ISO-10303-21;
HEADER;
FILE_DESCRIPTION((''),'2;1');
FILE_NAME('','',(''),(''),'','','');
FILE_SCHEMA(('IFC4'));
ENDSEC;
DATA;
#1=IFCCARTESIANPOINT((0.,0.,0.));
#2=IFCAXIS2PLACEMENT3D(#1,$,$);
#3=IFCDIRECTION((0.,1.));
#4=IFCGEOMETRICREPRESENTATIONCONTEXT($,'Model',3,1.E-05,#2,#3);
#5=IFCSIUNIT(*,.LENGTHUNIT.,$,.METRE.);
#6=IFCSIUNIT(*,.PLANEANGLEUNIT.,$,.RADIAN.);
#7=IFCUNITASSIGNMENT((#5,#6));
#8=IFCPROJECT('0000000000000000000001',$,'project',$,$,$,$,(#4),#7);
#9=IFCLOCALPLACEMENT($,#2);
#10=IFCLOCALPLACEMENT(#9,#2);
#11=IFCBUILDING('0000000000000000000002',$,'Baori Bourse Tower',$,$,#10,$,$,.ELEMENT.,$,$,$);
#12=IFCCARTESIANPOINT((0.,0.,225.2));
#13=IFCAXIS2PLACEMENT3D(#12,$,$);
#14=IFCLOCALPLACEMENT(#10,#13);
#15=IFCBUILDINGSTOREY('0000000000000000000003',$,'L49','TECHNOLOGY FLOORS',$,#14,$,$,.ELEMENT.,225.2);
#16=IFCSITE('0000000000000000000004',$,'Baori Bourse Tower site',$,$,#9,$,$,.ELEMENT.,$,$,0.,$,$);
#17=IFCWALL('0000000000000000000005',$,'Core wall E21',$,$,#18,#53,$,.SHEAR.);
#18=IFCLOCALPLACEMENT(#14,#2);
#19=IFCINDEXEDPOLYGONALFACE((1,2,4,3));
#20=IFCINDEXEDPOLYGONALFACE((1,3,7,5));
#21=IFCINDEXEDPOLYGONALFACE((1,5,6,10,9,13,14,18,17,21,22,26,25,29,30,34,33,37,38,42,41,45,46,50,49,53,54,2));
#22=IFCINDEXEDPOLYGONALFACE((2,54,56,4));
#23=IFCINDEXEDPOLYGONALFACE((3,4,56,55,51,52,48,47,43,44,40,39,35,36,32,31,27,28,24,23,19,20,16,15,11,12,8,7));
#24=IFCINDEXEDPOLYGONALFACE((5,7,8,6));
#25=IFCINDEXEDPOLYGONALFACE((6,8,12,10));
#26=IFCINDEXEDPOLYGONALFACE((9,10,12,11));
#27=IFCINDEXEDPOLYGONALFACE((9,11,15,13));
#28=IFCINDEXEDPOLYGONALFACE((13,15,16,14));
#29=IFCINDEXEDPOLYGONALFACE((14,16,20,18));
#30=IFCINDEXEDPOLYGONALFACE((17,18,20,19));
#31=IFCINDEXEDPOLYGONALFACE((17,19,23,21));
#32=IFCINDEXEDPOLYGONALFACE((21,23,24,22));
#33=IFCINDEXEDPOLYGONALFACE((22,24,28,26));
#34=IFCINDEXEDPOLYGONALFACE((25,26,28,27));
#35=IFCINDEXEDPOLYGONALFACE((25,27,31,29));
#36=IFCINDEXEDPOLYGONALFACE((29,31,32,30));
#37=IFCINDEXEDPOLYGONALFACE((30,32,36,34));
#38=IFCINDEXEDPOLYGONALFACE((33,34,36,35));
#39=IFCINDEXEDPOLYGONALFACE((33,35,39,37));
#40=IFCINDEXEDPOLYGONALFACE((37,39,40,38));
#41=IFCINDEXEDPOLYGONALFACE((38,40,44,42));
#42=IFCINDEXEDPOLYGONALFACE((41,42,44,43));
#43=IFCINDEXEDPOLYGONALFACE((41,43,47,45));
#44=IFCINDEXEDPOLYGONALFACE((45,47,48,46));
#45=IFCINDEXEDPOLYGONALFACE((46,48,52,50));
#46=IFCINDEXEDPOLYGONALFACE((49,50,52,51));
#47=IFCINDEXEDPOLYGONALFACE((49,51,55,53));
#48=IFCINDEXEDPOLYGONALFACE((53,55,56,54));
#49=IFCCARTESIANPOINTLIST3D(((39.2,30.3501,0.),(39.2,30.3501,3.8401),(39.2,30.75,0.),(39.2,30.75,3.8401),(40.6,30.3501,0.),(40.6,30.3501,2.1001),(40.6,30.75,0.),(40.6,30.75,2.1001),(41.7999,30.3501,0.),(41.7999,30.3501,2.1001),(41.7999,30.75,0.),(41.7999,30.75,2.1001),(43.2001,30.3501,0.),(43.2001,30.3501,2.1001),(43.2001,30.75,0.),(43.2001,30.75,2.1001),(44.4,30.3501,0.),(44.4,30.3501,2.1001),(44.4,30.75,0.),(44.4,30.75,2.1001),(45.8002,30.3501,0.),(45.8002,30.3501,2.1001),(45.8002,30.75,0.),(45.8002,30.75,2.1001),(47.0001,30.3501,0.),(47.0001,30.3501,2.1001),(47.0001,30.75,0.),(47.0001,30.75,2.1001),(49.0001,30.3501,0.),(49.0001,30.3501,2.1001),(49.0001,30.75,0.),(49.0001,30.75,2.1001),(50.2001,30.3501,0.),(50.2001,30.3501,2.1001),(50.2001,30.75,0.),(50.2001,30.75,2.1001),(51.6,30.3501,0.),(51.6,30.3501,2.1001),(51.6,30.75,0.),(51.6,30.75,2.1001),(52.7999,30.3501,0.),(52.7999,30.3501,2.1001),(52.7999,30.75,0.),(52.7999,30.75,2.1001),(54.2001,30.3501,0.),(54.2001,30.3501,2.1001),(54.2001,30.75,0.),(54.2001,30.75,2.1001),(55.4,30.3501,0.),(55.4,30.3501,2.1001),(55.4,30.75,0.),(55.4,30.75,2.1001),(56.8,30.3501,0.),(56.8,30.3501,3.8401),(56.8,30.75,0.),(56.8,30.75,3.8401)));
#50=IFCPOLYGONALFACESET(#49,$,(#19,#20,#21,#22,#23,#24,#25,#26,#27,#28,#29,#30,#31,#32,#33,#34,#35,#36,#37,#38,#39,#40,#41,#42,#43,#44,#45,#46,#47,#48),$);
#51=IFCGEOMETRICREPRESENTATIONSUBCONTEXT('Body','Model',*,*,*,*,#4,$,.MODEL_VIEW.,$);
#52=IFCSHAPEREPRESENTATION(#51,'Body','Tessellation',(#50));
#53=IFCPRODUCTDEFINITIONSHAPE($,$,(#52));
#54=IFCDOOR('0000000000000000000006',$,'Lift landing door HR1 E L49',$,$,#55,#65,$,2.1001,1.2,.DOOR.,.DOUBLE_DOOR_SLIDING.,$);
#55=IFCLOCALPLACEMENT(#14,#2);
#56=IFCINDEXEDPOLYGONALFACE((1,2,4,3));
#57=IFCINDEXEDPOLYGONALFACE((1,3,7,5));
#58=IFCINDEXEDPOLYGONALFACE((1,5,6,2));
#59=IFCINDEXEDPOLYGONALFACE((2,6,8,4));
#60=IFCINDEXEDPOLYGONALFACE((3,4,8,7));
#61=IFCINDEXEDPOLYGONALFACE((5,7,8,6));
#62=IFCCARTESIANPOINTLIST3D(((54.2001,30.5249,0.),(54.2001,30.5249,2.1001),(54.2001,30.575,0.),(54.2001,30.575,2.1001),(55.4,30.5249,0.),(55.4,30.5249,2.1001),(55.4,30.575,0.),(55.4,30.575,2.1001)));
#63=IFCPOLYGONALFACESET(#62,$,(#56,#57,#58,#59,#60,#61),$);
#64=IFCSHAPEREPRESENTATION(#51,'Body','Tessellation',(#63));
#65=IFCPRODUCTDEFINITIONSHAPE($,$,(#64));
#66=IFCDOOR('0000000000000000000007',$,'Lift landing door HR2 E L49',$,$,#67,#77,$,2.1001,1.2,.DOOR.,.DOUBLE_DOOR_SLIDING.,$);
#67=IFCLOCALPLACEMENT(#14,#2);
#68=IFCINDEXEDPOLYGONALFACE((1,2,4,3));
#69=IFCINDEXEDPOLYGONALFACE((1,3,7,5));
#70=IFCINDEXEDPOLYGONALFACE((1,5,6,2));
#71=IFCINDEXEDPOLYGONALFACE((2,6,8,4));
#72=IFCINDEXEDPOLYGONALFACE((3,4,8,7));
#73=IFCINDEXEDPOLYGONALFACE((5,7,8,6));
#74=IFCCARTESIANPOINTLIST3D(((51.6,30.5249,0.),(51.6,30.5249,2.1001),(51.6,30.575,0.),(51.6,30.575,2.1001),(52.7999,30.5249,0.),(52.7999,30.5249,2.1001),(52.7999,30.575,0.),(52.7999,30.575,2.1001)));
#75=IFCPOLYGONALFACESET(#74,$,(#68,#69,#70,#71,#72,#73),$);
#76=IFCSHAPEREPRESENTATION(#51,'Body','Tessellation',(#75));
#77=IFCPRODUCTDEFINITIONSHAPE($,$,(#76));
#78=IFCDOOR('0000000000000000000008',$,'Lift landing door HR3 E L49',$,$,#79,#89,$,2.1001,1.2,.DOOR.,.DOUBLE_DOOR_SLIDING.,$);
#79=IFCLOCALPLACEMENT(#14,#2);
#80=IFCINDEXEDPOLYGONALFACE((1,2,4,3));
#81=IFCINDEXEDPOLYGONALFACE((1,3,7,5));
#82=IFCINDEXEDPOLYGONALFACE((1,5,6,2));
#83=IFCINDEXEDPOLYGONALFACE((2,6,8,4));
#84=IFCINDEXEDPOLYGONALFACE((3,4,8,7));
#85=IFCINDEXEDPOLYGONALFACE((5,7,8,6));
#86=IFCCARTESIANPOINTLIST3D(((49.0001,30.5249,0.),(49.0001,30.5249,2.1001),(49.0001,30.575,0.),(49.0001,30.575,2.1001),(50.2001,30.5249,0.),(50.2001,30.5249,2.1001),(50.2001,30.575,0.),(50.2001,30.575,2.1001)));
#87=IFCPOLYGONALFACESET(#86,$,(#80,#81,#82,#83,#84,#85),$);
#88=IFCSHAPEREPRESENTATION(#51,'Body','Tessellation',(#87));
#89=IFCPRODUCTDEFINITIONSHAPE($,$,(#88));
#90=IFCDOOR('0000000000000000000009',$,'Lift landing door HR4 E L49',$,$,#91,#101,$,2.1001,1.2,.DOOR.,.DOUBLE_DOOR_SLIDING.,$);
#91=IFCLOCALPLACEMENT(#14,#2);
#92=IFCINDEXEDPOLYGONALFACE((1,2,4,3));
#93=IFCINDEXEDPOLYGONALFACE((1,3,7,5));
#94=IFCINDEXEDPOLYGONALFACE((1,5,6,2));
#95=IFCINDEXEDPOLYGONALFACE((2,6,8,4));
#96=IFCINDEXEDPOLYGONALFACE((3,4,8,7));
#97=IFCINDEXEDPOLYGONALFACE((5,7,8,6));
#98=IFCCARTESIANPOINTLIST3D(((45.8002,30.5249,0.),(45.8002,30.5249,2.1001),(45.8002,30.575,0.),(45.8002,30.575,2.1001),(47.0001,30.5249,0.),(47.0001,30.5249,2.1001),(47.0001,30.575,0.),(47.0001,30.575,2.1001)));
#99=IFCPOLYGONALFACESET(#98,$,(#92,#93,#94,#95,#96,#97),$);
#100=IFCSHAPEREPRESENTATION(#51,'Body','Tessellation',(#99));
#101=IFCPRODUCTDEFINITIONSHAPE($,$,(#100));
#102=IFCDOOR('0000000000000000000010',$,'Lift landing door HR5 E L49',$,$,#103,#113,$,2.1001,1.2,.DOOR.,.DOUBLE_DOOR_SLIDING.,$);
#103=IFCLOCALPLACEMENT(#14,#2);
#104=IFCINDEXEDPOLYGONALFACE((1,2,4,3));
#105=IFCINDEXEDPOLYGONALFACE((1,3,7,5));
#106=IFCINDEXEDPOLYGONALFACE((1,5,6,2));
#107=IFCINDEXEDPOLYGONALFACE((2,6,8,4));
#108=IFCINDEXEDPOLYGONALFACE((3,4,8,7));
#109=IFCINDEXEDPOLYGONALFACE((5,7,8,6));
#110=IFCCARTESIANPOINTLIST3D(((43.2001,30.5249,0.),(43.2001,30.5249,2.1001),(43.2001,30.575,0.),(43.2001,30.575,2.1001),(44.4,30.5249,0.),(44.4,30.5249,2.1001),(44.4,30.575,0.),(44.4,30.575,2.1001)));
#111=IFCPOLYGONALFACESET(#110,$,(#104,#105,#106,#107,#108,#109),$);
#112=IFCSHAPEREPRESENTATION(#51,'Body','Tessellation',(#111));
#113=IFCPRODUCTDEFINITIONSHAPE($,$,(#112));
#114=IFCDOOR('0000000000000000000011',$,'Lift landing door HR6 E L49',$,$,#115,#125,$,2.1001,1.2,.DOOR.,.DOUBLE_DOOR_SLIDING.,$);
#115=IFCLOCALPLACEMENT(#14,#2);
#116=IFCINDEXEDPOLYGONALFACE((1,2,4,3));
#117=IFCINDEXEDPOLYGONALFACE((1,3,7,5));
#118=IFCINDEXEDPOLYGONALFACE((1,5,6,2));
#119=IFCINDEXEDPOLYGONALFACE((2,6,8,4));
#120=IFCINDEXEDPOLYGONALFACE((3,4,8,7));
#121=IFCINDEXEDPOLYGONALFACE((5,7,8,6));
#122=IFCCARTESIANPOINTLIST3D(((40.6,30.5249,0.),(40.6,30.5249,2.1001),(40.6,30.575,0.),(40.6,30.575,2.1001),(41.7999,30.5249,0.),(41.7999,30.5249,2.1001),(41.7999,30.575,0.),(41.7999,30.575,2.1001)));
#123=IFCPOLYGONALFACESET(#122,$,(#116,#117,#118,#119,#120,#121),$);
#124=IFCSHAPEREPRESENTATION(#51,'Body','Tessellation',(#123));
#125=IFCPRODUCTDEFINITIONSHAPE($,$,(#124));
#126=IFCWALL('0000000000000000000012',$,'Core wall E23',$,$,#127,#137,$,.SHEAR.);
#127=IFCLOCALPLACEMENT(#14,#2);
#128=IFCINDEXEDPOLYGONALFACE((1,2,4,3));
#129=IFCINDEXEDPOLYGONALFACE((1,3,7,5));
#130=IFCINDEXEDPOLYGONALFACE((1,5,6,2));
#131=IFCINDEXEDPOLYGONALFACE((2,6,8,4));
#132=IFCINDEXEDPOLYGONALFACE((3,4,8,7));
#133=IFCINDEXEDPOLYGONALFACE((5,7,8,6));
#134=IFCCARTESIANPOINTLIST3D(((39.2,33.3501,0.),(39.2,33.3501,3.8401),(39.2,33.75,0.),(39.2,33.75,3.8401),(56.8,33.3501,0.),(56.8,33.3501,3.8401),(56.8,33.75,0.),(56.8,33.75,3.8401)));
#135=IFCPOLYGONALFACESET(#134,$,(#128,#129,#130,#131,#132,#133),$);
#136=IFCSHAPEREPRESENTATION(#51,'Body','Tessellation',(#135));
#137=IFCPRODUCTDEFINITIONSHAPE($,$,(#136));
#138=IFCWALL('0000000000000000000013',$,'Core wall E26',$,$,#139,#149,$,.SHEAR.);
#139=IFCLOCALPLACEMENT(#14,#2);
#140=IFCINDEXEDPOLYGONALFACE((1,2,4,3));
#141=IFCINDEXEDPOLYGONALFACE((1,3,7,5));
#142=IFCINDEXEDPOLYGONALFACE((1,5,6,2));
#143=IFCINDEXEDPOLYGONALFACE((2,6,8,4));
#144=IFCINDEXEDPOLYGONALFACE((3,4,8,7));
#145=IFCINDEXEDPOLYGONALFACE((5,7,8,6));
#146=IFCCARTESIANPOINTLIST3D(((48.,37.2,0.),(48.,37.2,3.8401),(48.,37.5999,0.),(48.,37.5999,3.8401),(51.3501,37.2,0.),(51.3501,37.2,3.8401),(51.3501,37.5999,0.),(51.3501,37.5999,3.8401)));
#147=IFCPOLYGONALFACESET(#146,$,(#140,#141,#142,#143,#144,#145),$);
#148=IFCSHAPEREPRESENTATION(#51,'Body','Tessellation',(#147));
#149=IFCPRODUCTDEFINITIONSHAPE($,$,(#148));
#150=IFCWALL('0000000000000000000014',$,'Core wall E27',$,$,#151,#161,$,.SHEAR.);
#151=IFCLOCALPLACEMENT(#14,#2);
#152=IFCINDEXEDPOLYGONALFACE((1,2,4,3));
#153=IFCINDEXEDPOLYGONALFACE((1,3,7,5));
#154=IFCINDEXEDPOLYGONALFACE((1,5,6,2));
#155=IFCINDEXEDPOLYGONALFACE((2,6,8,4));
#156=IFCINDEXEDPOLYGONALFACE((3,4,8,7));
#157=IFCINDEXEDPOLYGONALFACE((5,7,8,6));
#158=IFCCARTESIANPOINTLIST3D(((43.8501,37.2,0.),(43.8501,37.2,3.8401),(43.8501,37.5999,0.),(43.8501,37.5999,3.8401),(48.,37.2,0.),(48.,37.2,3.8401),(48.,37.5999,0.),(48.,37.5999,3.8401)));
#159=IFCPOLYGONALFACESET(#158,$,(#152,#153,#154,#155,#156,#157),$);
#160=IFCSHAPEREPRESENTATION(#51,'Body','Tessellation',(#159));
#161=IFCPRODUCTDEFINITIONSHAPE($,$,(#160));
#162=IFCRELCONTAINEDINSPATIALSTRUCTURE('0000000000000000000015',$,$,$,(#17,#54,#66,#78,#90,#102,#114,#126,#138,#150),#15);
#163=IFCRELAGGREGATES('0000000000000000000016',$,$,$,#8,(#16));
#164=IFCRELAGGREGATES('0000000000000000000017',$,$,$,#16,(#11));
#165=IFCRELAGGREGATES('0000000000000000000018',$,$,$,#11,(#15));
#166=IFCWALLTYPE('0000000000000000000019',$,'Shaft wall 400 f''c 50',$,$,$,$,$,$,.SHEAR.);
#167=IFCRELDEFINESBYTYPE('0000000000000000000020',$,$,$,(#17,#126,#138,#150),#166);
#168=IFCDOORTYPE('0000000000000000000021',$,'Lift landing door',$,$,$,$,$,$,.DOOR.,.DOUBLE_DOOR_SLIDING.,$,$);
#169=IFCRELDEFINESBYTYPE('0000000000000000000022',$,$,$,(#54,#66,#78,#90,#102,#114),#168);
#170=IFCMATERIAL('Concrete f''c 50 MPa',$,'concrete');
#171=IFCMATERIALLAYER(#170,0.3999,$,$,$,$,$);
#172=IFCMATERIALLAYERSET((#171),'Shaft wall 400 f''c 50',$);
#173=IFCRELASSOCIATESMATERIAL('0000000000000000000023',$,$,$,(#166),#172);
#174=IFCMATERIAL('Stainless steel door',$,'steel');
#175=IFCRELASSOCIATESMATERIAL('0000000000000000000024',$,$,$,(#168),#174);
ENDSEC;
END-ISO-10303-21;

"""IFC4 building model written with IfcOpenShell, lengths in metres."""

from ifc_helpers import new_model, si_unit, direction, frame, frame_2d, origin, place, context, subcontext, project, spatial, rectangle, extrude, material, layer, layer_set, type_object, element, fill, save


model = new_model("IFC4")

# Units and contexts
model_context = context("Model", 3, precision=1e-05, world=origin(), true_north=direction((0.0, 1.0)))
body_context = subcontext(model_context, "Body", "Model", "MODEL_VIEW")
ifc_project = project(units=[si_unit("LENGTHUNIT", "METRE"), si_unit("PLANEANGLEUNIT", "RADIAN")], contexts=[model_context])

# Site, building, storey
site_placement = place(None, origin())
site = spatial("IfcSite", under=ifc_project, at=site_placement, Name="Baori Bourse Tower site", CompositionType="ELEMENT", RefElevation=0.0)
building_placement = place(site_placement, origin())
building = spatial("IfcBuilding", under=site, at=building_placement, Name="Baori Bourse Tower", CompositionType="ELEMENT")
storey_placement = place(building_placement, frame((0.0, 0.0, 225.2)))
storey = spatial("IfcBuildingStorey", under=building, at=storey_placement, Name="L49", Description="TECHNOLOGY FLOORS", CompositionType="ELEMENT", Elevation=225.2)

# Wall, openings, doors
ifc_material_1 = material(Name="Concrete f'c 50 MPa", Category="concrete")
ifc_layer_1 = layer(ifc_material_1, 0.3999)
ifc_layer_set_1 = layer_set([ifc_layer_1], Name="Shaft wall 400 f'c 50")
wall_type_1 = type_object("IfcWallType", Name="Shaft wall 400 f'c 50", PredefinedType="SHEAR", material=ifc_layer_set_1)
ifc_material_2 = material(Name="Stainless steel door", Category="steel")
door_type_1 = type_object("IfcDoorType", Name="Lift landing door", OperationType="DOUBLE_DOOR_SLIDING", PredefinedType="DOOR", material=ifc_material_2)
wall_1_placement = place(storey_placement, frame((39.2, 30.55, 0.0), z_axis=(0.0, 0.0, 1.0), x_axis=(1.0, 0.0, 0.0)))
wall_1 = element("IfcWall", 1, at=wall_1_placement, inside=storey, type_object=wall_type_1, Name="Core wall E21", PredefinedType="SHEAR", context=body_context, shape_type="SweptSolid", body=[
    extrude(rectangle(XDim=17.6001, YDim=0.3999, at=frame_2d((8.8, 0.0))), origin(), (0.0, 0.0, 1.0), 3.8401),
])
opening_1_placement = place(wall_1_placement, frame((15.0, 0.0, 0.0)))
opening_1 = element("IfcOpeningElement", 2, at=opening_1_placement, cuts=wall_1, PredefinedType="OPENING", context=body_context, shape_type="SweptSolid", body=[
    extrude(rectangle(XDim=1.2, YDim=2.1001, at=frame_2d((0.6001, 1.05))), frame((0.0, 0.21, 0.0), z_axis=(0.0, -1.0, 0.0), x_axis=(1.0, 0.0, 0.0)), (0.0, 0.0, 1.0), 0.4199),
])
opening_2_placement = place(wall_1_placement, frame((12.3999, 0.0, 0.0)))
opening_2 = element("IfcOpeningElement", 3, at=opening_2_placement, cuts=wall_1, PredefinedType="OPENING", context=body_context, shape_type="SweptSolid", body=[
    extrude(rectangle(XDim=1.2, YDim=2.1001, at=frame_2d((0.6001, 1.05))), frame((0.0, 0.21, 0.0), z_axis=(0.0, -1.0, 0.0), x_axis=(1.0, 0.0, 0.0)), (0.0, 0.0, 1.0), 0.4199),
])
opening_3_placement = place(wall_1_placement, frame((9.8, 0.0, 0.0)))
opening_3 = element("IfcOpeningElement", 4, at=opening_3_placement, cuts=wall_1, PredefinedType="OPENING", context=body_context, shape_type="SweptSolid", body=[
    extrude(rectangle(XDim=1.2, YDim=2.1001, at=frame_2d((0.6001, 1.05))), frame((0.0, 0.21, 0.0), z_axis=(0.0, -1.0, 0.0), x_axis=(1.0, 0.0, 0.0)), (0.0, 0.0, 1.0), 0.4199),
])
opening_4_placement = place(wall_1_placement, frame((6.6001, 0.0, 0.0)))
opening_4 = element("IfcOpeningElement", 5, at=opening_4_placement, cuts=wall_1, PredefinedType="OPENING", context=body_context, shape_type="SweptSolid", body=[
    extrude(rectangle(XDim=1.2, YDim=2.1001, at=frame_2d((0.6001, 1.05))), frame((0.0, 0.21, 0.0), z_axis=(0.0, -1.0, 0.0), x_axis=(1.0, 0.0, 0.0)), (0.0, 0.0, 1.0), 0.4199),
])
opening_5_placement = place(wall_1_placement, frame((4.0, 0.0, 0.0)))
opening_5 = element("IfcOpeningElement", 6, at=opening_5_placement, cuts=wall_1, PredefinedType="OPENING", context=body_context, shape_type="SweptSolid", body=[
    extrude(rectangle(XDim=1.2, YDim=2.1001, at=frame_2d((0.6001, 1.05))), frame((0.0, 0.21, 0.0), z_axis=(0.0, -1.0, 0.0), x_axis=(1.0, 0.0, 0.0)), (0.0, 0.0, 1.0), 0.4199),
])
opening_6_placement = place(wall_1_placement, frame((1.3999, 0.0, 0.0)))
opening_6 = element("IfcOpeningElement", 7, at=opening_6_placement, cuts=wall_1, PredefinedType="OPENING", context=body_context, shape_type="SweptSolid", body=[
    extrude(rectangle(XDim=1.2, YDim=2.1001, at=frame_2d((0.6001, 1.05))), frame((0.0, 0.21, 0.0), z_axis=(0.0, -1.0, 0.0), x_axis=(1.0, 0.0, 0.0)), (0.0, 0.0, 1.0), 0.4199),
])
door_1_placement = place(opening_1_placement, origin())
door_1 = element("IfcDoor", 8, at=door_1_placement, inside=storey, type_object=door_type_1, Name="Lift landing door HR1 E L49", OperationType="DOUBLE_DOOR_SLIDING", OverallHeight=2.1001, OverallWidth=1.2, PredefinedType="DOOR", context=body_context, shape_type="SweptSolid", body=[
    extrude(rectangle(XDim=1.2, YDim=2.1001, at=frame_2d((0.6001, 1.05))), frame((0.0, 0.0249, 0.0), z_axis=(0.0, -1.0, 0.0), x_axis=(1.0, 0.0, 0.0)), (0.0, 0.0, 1.0), 0.05),
])
fill(opening_1, door_1)
door_2_placement = place(opening_2_placement, origin())
door_2 = element("IfcDoor", 9, at=door_2_placement, inside=storey, type_object=door_type_1, Name="Lift landing door HR2 E L49", OperationType="DOUBLE_DOOR_SLIDING", OverallHeight=2.1001, OverallWidth=1.2, PredefinedType="DOOR", context=body_context, shape_type="SweptSolid", body=[
    extrude(rectangle(XDim=1.2, YDim=2.1001, at=frame_2d((0.6001, 1.05))), frame((0.0, 0.0249, 0.0), z_axis=(0.0, -1.0, 0.0), x_axis=(1.0, 0.0, 0.0)), (0.0, 0.0, 1.0), 0.05),
])
fill(opening_2, door_2)
door_3_placement = place(opening_3_placement, origin())
door_3 = element("IfcDoor", 10, at=door_3_placement, inside=storey, type_object=door_type_1, Name="Lift landing door HR3 E L49", OperationType="DOUBLE_DOOR_SLIDING", OverallHeight=2.1001, OverallWidth=1.2, PredefinedType="DOOR", context=body_context, shape_type="SweptSolid", body=[
    extrude(rectangle(XDim=1.2, YDim=2.1001, at=frame_2d((0.6001, 1.05))), frame((0.0, 0.0249, 0.0), z_axis=(0.0, -1.0, 0.0), x_axis=(1.0, 0.0, 0.0)), (0.0, 0.0, 1.0), 0.05),
])
fill(opening_3, door_3)
door_4_placement = place(opening_4_placement, origin())
door_4 = element("IfcDoor", 11, at=door_4_placement, inside=storey, type_object=door_type_1, Name="Lift landing door HR4 E L49", OperationType="DOUBLE_DOOR_SLIDING", OverallHeight=2.1001, OverallWidth=1.2, PredefinedType="DOOR", context=body_context, shape_type="SweptSolid", body=[
    extrude(rectangle(XDim=1.2, YDim=2.1001, at=frame_2d((0.6001, 1.05))), frame((0.0, 0.0249, 0.0), z_axis=(0.0, -1.0, 0.0), x_axis=(1.0, 0.0, 0.0)), (0.0, 0.0, 1.0), 0.05),
])
fill(opening_4, door_4)
door_5_placement = place(opening_5_placement, origin())
door_5 = element("IfcDoor", 12, at=door_5_placement, inside=storey, type_object=door_type_1, Name="Lift landing door HR5 E L49", OperationType="DOUBLE_DOOR_SLIDING", OverallHeight=2.1001, OverallWidth=1.2, PredefinedType="DOOR", context=body_context, shape_type="SweptSolid", body=[
    extrude(rectangle(XDim=1.2, YDim=2.1001, at=frame_2d((0.6001, 1.05))), frame((0.0, 0.0249, 0.0), z_axis=(0.0, -1.0, 0.0), x_axis=(1.0, 0.0, 0.0)), (0.0, 0.0, 1.0), 0.05),
])
fill(opening_5, door_5)
door_6_placement = place(opening_6_placement, origin())
door_6 = element("IfcDoor", 13, at=door_6_placement, inside=storey, type_object=door_type_1, Name="Lift landing door HR6 E L49", OperationType="DOUBLE_DOOR_SLIDING", OverallHeight=2.1001, OverallWidth=1.2, PredefinedType="DOOR", context=body_context, shape_type="SweptSolid", body=[
    extrude(rectangle(XDim=1.2, YDim=2.1001, at=frame_2d((0.6001, 1.05))), frame((0.0, 0.0249, 0.0), z_axis=(0.0, -1.0, 0.0), x_axis=(1.0, 0.0, 0.0)), (0.0, 0.0, 1.0), 0.05),
])
fill(opening_6, door_6)

# Walls
wall_2_placement = place(storey_placement, frame((39.2, 33.55, 0.0), z_axis=(0.0, 0.0, 1.0), x_axis=(1.0, 0.0, 0.0)))
element("IfcWall", 14, at=wall_2_placement, inside=storey, type_object=wall_type_1, Name="Core wall E23", PredefinedType="SHEAR", context=body_context, shape_type="SweptSolid", body=[
    extrude(rectangle(XDim=17.6001, YDim=0.3999, at=frame_2d((8.8, 0.0))), origin(), (0.0, 0.0, 1.0), 3.8401),
])
wall_3_placement = place(storey_placement, frame((48.0, 37.3999, 0.0), z_axis=(0.0, 0.0, 1.0), x_axis=(1.0, 0.0, 0.0)))
element("IfcWall", 15, at=wall_3_placement, inside=storey, type_object=wall_type_1, Name="Core wall E26", PredefinedType="SHEAR", context=body_context, shape_type="SweptSolid", body=[
    extrude(rectangle(XDim=3.3501, YDim=0.3999, at=frame_2d((1.675, 0.0))), origin(), (0.0, 0.0, 1.0), 3.8401),
])
wall_4_placement = place(storey_placement, frame((43.8501, 37.3999, 0.0), z_axis=(0.0, 0.0, 1.0), x_axis=(1.0, 0.0, 0.0)))
element("IfcWall", 16, at=wall_4_placement, inside=storey, type_object=wall_type_1, Name="Core wall E27", PredefinedType="SHEAR", context=body_context, shape_type="SweptSolid", body=[
    extrude(rectangle(XDim=4.1499, YDim=0.3999, at=frame_2d((2.075, 0.0))), origin(), (0.0, 0.0, 1.0), 3.8401),
])

save(model, "model.ifc")
